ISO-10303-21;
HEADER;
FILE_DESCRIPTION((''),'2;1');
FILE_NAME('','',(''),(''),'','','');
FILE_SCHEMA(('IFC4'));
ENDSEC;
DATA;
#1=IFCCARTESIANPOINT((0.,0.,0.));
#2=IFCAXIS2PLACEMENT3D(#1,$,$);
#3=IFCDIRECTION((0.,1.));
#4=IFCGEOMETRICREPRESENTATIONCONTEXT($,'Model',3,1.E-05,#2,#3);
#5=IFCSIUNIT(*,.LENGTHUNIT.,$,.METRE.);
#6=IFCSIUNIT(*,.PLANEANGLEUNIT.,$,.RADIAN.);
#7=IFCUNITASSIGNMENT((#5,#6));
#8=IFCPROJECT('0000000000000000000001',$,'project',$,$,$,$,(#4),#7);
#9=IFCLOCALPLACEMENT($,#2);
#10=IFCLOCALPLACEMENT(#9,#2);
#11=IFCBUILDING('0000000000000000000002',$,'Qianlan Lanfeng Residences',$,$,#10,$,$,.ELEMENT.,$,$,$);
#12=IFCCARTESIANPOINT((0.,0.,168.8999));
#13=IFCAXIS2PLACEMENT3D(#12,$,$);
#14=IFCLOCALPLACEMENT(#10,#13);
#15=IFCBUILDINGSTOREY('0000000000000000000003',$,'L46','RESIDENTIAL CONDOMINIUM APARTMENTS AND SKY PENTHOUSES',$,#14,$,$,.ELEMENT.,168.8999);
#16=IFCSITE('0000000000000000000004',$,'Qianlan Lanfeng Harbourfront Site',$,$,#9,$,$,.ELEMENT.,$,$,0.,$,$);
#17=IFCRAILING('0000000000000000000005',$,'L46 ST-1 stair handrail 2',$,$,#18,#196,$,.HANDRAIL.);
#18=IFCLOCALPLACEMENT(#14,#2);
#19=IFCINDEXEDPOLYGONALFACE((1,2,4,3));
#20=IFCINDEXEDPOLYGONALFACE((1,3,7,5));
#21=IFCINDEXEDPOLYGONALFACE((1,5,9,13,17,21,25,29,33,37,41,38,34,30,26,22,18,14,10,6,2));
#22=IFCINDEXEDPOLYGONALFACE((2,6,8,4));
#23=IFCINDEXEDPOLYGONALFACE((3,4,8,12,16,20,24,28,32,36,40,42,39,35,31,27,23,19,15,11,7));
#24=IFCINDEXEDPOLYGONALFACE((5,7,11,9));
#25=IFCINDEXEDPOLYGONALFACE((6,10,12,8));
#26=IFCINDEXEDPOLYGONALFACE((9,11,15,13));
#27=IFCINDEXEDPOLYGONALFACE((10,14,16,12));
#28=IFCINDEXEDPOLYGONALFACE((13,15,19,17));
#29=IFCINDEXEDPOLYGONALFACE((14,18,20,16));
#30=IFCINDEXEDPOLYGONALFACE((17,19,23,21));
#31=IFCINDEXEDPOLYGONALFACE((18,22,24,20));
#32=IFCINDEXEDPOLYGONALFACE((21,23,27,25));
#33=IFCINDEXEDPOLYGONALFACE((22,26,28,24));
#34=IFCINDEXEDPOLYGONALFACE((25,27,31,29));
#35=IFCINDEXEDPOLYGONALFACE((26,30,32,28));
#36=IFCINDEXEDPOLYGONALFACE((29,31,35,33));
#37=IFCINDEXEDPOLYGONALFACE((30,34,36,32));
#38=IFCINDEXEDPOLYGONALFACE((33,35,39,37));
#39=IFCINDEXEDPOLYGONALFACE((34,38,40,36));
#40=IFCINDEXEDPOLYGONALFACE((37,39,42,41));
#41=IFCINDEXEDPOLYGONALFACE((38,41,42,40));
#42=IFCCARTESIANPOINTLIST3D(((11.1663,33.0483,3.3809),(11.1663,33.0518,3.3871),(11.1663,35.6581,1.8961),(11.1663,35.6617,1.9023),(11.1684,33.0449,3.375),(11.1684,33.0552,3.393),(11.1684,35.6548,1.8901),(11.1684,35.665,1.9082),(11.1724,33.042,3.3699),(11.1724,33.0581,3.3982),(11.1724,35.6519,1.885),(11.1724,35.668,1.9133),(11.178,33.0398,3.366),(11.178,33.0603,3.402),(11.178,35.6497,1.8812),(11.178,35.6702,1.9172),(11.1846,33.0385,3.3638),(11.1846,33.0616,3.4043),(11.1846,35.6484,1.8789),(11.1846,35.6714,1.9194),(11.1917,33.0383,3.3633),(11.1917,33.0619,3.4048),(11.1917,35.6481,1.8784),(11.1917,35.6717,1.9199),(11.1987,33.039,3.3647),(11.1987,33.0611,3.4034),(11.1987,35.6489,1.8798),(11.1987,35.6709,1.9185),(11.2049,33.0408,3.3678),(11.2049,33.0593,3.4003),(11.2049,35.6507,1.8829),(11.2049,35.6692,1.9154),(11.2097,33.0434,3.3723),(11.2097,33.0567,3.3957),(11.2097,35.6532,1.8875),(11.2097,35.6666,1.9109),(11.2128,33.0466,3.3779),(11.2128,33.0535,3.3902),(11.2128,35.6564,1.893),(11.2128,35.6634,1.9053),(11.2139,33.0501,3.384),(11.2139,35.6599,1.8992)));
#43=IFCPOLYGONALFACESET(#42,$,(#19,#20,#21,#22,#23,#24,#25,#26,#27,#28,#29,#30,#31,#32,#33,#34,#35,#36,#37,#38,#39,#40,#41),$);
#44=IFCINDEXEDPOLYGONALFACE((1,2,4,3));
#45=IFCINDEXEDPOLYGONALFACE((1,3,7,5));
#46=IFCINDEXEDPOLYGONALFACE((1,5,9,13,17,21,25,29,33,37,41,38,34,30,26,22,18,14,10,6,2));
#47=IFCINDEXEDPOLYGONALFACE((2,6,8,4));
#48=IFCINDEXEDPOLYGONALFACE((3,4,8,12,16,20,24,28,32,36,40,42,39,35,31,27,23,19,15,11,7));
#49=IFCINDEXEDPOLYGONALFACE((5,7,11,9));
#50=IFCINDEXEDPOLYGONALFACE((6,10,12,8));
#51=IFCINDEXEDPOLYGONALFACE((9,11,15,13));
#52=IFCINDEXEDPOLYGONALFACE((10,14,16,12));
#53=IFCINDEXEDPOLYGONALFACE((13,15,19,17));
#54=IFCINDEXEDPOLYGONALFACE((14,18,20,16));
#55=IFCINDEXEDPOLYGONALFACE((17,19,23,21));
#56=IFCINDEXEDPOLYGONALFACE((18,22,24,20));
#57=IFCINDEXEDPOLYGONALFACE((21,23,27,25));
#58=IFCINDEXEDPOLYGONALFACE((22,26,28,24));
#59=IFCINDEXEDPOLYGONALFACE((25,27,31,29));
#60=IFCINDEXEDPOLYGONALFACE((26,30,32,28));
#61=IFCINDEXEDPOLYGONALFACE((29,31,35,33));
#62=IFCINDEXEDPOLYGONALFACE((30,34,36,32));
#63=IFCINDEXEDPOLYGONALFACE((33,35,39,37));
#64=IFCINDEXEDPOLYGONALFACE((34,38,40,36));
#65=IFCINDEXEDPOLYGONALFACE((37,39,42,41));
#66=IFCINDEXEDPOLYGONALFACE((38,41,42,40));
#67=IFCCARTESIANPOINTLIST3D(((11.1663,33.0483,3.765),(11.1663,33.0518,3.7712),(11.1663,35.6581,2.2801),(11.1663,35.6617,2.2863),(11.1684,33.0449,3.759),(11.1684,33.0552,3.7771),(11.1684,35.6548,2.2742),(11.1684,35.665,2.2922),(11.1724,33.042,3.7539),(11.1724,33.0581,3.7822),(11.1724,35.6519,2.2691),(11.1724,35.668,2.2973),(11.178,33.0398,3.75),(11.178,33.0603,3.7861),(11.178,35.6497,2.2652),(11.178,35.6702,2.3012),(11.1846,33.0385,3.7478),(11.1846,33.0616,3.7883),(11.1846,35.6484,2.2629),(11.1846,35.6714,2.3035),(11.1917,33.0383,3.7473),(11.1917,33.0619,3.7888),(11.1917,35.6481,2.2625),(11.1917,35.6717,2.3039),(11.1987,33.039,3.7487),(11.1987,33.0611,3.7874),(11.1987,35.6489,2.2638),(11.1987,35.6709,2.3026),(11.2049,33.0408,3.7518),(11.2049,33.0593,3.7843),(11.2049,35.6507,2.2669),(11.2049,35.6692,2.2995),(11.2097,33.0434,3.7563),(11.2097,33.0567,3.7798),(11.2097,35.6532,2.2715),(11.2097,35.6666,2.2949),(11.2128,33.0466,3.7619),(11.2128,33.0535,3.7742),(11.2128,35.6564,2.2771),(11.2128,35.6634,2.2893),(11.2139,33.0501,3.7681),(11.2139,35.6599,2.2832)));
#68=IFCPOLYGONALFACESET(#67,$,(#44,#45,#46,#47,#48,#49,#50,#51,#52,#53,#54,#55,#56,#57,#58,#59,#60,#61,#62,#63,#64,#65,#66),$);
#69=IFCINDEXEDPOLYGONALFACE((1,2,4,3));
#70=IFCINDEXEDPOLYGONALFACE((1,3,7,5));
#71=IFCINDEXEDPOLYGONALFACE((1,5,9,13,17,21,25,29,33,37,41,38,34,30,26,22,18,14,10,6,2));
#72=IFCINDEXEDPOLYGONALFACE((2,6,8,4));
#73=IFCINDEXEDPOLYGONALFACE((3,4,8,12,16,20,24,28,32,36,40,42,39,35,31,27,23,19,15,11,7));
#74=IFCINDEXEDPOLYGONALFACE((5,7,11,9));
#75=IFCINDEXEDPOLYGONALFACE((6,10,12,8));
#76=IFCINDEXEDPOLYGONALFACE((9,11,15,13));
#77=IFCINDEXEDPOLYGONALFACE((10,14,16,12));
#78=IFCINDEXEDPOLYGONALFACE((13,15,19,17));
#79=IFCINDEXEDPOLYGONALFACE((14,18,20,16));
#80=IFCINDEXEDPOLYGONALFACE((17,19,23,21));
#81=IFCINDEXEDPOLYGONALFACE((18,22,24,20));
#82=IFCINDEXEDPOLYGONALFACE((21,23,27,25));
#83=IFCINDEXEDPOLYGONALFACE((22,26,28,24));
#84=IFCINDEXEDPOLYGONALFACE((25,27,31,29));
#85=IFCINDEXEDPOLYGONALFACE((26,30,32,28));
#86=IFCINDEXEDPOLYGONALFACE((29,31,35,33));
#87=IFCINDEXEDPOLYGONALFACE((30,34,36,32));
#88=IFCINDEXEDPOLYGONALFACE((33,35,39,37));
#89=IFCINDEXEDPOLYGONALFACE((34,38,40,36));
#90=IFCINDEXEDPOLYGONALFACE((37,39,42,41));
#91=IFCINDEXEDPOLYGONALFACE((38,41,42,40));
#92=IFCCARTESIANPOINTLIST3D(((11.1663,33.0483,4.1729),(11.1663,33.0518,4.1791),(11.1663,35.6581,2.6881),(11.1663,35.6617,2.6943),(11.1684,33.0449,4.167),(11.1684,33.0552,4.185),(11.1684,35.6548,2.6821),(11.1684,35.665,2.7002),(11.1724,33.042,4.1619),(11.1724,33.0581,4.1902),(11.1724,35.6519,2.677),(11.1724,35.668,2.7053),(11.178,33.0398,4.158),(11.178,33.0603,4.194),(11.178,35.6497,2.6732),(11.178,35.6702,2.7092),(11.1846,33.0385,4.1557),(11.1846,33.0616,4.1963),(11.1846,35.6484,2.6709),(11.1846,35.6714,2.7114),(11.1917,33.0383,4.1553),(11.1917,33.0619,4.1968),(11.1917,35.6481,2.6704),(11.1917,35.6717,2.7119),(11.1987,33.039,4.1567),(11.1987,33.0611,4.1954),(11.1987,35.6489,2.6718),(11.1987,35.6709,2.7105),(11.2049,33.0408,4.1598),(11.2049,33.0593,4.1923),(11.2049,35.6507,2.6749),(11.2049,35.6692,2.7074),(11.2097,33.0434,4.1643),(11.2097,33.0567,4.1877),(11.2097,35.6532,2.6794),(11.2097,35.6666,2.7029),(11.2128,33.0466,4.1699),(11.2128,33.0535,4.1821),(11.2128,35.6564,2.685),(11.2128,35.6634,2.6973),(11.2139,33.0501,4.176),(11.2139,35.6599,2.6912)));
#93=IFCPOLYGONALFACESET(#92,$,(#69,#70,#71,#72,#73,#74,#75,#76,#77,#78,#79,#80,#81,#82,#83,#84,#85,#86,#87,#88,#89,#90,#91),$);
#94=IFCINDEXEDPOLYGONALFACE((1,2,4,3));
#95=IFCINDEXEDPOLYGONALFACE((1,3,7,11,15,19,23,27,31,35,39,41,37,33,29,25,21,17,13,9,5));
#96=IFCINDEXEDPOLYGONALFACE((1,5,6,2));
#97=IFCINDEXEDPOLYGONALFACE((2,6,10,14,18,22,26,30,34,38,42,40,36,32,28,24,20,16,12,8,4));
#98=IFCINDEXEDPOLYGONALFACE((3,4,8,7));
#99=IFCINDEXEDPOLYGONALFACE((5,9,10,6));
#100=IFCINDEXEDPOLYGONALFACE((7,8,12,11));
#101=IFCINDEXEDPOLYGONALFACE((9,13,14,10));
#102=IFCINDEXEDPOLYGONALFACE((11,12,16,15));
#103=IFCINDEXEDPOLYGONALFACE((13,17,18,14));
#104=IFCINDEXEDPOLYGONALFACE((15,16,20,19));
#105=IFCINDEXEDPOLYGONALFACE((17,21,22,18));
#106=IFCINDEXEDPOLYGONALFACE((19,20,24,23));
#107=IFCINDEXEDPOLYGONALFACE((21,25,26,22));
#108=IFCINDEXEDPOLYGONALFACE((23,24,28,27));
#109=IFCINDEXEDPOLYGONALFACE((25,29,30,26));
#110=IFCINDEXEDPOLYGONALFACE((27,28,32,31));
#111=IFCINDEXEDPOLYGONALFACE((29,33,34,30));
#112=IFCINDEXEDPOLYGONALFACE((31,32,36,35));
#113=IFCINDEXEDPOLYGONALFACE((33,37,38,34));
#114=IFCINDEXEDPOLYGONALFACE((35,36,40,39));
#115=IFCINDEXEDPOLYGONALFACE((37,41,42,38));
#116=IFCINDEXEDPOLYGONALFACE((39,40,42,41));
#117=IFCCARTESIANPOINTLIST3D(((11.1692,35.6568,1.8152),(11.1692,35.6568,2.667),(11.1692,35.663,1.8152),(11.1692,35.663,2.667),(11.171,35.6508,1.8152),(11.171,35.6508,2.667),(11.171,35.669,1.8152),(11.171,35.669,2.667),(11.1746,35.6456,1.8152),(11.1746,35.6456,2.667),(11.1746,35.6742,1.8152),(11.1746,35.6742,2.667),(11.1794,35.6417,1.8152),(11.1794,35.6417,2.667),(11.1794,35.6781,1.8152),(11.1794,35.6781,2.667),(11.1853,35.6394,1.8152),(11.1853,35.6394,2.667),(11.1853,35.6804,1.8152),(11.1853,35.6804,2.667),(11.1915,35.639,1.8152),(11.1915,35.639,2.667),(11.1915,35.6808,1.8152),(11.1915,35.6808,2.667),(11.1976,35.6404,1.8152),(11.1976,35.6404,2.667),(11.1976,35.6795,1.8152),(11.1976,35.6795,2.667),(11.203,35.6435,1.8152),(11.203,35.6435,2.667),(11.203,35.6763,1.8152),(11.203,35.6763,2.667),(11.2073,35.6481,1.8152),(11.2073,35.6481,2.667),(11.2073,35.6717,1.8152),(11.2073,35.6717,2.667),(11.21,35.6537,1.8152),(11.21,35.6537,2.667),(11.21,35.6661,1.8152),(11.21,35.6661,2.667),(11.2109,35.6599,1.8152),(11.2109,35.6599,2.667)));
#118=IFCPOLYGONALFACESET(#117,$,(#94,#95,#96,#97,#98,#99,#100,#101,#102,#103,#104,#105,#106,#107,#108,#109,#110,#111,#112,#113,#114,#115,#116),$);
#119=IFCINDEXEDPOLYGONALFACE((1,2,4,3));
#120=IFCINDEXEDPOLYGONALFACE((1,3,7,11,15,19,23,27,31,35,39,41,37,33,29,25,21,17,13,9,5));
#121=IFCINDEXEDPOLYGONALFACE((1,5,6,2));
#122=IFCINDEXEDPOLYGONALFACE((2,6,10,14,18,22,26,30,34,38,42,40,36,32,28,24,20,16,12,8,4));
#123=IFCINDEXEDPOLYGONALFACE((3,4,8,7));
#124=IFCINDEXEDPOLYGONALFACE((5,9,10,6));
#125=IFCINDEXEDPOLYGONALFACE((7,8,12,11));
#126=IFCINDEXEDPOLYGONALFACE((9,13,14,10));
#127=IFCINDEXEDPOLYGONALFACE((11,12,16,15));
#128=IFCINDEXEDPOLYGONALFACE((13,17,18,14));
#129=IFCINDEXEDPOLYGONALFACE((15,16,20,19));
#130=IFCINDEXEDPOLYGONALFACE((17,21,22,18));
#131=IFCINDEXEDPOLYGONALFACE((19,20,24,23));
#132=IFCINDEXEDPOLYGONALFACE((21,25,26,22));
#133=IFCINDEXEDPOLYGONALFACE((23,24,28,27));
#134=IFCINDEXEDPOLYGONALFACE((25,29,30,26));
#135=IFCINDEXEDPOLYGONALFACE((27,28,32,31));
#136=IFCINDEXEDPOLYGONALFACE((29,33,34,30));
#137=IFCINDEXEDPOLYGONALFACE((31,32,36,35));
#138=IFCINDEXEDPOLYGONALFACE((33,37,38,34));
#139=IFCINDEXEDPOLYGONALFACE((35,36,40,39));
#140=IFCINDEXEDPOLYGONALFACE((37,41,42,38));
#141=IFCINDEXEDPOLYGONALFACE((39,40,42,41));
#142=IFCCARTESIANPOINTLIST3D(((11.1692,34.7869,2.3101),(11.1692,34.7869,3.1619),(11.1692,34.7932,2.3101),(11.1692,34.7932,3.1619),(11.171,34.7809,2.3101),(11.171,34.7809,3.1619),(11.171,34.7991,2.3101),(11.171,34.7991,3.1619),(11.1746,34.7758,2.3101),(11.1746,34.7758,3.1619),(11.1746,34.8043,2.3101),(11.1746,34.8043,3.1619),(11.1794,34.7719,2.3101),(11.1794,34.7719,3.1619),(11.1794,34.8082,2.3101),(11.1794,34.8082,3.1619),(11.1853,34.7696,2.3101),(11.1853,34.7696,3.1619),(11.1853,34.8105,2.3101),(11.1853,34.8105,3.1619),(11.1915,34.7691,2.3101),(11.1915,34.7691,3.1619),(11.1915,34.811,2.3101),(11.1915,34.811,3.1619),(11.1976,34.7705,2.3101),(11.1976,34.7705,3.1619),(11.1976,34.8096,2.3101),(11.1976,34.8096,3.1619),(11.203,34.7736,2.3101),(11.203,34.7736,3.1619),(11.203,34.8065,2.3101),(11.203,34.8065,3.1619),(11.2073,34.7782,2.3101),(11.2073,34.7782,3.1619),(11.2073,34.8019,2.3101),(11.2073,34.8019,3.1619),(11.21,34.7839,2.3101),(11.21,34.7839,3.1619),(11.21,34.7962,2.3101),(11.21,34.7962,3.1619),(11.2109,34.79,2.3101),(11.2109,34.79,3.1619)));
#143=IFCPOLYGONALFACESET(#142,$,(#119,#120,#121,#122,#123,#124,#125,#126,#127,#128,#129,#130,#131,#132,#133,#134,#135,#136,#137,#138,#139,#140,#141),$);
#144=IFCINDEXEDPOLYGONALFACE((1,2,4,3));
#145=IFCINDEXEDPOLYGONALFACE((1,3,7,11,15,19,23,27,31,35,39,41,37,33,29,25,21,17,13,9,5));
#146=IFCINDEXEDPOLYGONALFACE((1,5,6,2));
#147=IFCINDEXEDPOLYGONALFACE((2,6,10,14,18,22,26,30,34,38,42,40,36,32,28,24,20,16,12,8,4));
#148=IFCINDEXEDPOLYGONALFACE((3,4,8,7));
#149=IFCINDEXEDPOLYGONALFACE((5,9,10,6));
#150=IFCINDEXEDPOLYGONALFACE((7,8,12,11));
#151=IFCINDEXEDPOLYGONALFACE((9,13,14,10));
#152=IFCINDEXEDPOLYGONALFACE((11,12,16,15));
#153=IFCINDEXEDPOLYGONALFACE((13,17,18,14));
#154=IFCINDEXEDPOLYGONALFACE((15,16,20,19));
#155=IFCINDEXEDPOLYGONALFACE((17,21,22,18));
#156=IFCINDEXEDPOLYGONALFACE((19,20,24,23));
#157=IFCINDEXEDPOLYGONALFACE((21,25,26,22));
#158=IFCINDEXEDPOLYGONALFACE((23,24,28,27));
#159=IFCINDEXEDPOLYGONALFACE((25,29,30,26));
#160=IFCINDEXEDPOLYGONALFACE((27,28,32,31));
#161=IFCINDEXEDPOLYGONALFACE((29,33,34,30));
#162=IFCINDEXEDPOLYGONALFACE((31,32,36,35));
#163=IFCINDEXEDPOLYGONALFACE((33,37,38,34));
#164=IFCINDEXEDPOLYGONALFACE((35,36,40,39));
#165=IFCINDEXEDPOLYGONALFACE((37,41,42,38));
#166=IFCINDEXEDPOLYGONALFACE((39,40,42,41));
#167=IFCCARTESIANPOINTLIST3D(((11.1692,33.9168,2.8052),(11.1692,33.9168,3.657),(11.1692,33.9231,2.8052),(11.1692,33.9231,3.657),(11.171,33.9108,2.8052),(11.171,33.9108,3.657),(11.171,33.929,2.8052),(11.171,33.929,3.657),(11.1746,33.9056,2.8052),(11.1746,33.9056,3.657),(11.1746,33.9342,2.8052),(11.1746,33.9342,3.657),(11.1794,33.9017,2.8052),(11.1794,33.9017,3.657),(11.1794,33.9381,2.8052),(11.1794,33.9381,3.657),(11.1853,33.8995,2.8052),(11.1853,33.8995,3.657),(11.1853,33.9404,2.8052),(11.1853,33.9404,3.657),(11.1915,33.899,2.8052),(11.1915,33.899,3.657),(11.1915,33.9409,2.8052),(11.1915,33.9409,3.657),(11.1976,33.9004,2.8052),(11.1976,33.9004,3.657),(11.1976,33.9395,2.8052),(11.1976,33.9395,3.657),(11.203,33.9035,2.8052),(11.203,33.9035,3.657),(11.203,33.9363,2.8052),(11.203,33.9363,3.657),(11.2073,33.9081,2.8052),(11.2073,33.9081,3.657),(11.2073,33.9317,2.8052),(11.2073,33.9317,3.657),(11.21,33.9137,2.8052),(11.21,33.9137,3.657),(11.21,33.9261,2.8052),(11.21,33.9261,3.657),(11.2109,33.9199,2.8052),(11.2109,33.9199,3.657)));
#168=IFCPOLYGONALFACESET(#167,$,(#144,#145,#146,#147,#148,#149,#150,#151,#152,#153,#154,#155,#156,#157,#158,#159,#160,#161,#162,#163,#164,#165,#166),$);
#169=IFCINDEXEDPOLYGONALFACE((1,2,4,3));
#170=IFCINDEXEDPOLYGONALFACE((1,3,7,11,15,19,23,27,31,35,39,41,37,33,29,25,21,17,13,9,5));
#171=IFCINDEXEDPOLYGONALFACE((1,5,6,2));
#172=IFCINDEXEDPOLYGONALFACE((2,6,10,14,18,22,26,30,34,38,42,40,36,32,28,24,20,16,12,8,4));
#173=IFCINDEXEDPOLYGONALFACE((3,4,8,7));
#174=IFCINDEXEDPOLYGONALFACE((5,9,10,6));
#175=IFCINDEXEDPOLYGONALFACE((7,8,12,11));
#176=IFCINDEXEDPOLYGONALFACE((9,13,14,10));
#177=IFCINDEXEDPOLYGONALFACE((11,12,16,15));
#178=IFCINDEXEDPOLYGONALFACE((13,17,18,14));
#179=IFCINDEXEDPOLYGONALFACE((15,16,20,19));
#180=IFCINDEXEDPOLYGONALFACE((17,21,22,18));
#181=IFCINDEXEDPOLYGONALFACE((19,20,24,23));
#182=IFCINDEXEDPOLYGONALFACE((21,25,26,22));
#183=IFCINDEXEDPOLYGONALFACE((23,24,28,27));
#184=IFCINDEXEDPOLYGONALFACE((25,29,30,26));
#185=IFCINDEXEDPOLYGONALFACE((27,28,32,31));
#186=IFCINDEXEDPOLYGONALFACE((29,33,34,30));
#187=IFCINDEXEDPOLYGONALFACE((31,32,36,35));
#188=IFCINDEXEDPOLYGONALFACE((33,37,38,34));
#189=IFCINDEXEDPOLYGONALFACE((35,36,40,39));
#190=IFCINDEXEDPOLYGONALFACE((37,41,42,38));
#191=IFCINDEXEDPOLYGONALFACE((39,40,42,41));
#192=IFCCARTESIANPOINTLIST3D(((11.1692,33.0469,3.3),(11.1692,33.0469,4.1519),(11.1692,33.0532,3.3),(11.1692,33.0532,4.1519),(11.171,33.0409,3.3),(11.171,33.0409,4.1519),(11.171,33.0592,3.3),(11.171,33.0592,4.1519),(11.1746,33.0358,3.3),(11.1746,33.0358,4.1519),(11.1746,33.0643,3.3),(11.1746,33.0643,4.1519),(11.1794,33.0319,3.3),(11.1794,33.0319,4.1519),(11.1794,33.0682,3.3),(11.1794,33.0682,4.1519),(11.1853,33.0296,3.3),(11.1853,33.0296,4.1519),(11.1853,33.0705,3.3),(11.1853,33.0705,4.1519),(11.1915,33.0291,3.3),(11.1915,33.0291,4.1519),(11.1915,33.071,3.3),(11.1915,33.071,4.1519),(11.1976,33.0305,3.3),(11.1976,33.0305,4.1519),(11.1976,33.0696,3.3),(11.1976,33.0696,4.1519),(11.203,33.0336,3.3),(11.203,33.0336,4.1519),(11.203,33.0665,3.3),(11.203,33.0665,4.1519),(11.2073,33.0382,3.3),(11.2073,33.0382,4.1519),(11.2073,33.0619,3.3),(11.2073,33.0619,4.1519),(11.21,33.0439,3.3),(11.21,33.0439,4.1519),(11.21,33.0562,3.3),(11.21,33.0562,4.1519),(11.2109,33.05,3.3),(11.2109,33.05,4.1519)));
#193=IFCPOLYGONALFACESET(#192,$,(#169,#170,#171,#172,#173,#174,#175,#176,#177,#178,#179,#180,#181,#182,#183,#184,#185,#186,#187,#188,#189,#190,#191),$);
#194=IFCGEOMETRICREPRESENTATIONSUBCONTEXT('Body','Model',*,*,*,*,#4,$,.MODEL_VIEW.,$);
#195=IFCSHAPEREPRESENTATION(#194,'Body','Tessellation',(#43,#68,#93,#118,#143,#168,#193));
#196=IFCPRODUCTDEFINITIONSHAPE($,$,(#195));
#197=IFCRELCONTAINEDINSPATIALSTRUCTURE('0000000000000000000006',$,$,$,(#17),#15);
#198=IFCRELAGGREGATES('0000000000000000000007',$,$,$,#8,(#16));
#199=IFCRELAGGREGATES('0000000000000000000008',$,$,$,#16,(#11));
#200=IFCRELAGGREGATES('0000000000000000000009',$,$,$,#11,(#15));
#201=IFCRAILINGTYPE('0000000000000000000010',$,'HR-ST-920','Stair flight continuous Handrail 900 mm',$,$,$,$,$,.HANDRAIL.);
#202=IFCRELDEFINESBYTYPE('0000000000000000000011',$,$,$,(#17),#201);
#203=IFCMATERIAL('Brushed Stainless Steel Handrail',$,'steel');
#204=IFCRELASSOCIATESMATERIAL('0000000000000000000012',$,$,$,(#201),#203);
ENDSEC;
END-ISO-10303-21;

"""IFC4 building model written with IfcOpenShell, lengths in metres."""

from ifc_helpers import new_model, si_unit, direction, frame, origin, origin_2d, place, context, subcontext, project, spatial, circle, extrude, material, type_object, element, save


model = new_model("IFC4")

# Units and contexts
model_context = context("Model", 3, precision=1e-05, world=origin(), true_north=direction((0.0, 1.0)))
body_context = subcontext(model_context, "Body", "Model", "MODEL_VIEW")
ifc_project = project(units=[si_unit("LENGTHUNIT", "METRE"), si_unit("PLANEANGLEUNIT", "RADIAN")], contexts=[model_context])

# Site, building, storey
site_placement = place(None, origin())
site = spatial("IfcSite", under=ifc_project, at=site_placement, Name="Qianlan Lanfeng Harbourfront Site", CompositionType="ELEMENT", RefElevation=0.0)
building_placement = place(site_placement, origin())
building = spatial("IfcBuilding", under=site, at=building_placement, Name="Qianlan Lanfeng Residences", CompositionType="ELEMENT")
storey_placement = place(building_placement, frame((0.0, 0.0, 168.8999)))
storey = spatial("IfcBuildingStorey", under=building, at=storey_placement, Name="L46", Description="RESIDENTIAL CONDOMINIUM APARTMENTS AND SKY PENTHOUSES", CompositionType="ELEMENT", Elevation=168.8999)

# Railing
ifc_material_1 = material(Name="Brushed Stainless Steel Handrail", Category="steel")
railing_type_1 = type_object("IfcRailingType", Name="HR-ST-920", Description="Stair flight continuous Handrail 900 mm", PredefinedType="HANDRAIL", material=ifc_material_1)
railing_1_placement = place(storey_placement, frame((11.1899, 35.6599, 1.8152)))
element("IfcRailing", 1, at=railing_1_placement, inside=storey, type_object=railing_type_1, Name="L46 ST-1 stair handrail 2", PredefinedType="HANDRAIL", context=body_context, shape_type="SweptSolid", body=[
    extrude(circle(Radius=0.0239, at=origin_2d()), frame((0.0, 0.0, 0.084), z_axis=(0.0, -0.869172, 0.494509), x_axis=(1.0, 0.0, 0.0)), (0.0, 0.0, 1.0), 3.0027),
    extrude(circle(Radius=0.0239, at=origin_2d()), frame((0.0, 0.0, 0.468), z_axis=(0.0, -0.869172, 0.494509), x_axis=(1.0, 0.0, 0.0)), (0.0, 0.0, 1.0), 3.0027),
    extrude(circle(Radius=0.0239, at=origin_2d()), frame((0.0, 0.0, 0.876), z_axis=(0.0, -0.869172, 0.494509), x_axis=(1.0, 0.0, 0.0)), (0.0, 0.0, 1.0), 3.0027),
    extrude(circle(Radius=0.021, at=origin_2d()), origin(), (0.0, 0.0, 1.0), 0.8518),
    extrude(circle(Radius=0.021, at=origin_2d()), frame((0.0, -0.8699, 0.4949)), (0.0, 0.0, 1.0), 0.8518),
    extrude(circle(Radius=0.021, at=origin_2d()), frame((0.0, -1.74, 0.99)), (0.0, 0.0, 1.0), 0.8518),
    extrude(circle(Radius=0.021, at=origin_2d()), frame((0.0, -2.6099, 1.4849)), (0.0, 0.0, 1.0), 0.8518),
])

save(model, "model.ifc")
